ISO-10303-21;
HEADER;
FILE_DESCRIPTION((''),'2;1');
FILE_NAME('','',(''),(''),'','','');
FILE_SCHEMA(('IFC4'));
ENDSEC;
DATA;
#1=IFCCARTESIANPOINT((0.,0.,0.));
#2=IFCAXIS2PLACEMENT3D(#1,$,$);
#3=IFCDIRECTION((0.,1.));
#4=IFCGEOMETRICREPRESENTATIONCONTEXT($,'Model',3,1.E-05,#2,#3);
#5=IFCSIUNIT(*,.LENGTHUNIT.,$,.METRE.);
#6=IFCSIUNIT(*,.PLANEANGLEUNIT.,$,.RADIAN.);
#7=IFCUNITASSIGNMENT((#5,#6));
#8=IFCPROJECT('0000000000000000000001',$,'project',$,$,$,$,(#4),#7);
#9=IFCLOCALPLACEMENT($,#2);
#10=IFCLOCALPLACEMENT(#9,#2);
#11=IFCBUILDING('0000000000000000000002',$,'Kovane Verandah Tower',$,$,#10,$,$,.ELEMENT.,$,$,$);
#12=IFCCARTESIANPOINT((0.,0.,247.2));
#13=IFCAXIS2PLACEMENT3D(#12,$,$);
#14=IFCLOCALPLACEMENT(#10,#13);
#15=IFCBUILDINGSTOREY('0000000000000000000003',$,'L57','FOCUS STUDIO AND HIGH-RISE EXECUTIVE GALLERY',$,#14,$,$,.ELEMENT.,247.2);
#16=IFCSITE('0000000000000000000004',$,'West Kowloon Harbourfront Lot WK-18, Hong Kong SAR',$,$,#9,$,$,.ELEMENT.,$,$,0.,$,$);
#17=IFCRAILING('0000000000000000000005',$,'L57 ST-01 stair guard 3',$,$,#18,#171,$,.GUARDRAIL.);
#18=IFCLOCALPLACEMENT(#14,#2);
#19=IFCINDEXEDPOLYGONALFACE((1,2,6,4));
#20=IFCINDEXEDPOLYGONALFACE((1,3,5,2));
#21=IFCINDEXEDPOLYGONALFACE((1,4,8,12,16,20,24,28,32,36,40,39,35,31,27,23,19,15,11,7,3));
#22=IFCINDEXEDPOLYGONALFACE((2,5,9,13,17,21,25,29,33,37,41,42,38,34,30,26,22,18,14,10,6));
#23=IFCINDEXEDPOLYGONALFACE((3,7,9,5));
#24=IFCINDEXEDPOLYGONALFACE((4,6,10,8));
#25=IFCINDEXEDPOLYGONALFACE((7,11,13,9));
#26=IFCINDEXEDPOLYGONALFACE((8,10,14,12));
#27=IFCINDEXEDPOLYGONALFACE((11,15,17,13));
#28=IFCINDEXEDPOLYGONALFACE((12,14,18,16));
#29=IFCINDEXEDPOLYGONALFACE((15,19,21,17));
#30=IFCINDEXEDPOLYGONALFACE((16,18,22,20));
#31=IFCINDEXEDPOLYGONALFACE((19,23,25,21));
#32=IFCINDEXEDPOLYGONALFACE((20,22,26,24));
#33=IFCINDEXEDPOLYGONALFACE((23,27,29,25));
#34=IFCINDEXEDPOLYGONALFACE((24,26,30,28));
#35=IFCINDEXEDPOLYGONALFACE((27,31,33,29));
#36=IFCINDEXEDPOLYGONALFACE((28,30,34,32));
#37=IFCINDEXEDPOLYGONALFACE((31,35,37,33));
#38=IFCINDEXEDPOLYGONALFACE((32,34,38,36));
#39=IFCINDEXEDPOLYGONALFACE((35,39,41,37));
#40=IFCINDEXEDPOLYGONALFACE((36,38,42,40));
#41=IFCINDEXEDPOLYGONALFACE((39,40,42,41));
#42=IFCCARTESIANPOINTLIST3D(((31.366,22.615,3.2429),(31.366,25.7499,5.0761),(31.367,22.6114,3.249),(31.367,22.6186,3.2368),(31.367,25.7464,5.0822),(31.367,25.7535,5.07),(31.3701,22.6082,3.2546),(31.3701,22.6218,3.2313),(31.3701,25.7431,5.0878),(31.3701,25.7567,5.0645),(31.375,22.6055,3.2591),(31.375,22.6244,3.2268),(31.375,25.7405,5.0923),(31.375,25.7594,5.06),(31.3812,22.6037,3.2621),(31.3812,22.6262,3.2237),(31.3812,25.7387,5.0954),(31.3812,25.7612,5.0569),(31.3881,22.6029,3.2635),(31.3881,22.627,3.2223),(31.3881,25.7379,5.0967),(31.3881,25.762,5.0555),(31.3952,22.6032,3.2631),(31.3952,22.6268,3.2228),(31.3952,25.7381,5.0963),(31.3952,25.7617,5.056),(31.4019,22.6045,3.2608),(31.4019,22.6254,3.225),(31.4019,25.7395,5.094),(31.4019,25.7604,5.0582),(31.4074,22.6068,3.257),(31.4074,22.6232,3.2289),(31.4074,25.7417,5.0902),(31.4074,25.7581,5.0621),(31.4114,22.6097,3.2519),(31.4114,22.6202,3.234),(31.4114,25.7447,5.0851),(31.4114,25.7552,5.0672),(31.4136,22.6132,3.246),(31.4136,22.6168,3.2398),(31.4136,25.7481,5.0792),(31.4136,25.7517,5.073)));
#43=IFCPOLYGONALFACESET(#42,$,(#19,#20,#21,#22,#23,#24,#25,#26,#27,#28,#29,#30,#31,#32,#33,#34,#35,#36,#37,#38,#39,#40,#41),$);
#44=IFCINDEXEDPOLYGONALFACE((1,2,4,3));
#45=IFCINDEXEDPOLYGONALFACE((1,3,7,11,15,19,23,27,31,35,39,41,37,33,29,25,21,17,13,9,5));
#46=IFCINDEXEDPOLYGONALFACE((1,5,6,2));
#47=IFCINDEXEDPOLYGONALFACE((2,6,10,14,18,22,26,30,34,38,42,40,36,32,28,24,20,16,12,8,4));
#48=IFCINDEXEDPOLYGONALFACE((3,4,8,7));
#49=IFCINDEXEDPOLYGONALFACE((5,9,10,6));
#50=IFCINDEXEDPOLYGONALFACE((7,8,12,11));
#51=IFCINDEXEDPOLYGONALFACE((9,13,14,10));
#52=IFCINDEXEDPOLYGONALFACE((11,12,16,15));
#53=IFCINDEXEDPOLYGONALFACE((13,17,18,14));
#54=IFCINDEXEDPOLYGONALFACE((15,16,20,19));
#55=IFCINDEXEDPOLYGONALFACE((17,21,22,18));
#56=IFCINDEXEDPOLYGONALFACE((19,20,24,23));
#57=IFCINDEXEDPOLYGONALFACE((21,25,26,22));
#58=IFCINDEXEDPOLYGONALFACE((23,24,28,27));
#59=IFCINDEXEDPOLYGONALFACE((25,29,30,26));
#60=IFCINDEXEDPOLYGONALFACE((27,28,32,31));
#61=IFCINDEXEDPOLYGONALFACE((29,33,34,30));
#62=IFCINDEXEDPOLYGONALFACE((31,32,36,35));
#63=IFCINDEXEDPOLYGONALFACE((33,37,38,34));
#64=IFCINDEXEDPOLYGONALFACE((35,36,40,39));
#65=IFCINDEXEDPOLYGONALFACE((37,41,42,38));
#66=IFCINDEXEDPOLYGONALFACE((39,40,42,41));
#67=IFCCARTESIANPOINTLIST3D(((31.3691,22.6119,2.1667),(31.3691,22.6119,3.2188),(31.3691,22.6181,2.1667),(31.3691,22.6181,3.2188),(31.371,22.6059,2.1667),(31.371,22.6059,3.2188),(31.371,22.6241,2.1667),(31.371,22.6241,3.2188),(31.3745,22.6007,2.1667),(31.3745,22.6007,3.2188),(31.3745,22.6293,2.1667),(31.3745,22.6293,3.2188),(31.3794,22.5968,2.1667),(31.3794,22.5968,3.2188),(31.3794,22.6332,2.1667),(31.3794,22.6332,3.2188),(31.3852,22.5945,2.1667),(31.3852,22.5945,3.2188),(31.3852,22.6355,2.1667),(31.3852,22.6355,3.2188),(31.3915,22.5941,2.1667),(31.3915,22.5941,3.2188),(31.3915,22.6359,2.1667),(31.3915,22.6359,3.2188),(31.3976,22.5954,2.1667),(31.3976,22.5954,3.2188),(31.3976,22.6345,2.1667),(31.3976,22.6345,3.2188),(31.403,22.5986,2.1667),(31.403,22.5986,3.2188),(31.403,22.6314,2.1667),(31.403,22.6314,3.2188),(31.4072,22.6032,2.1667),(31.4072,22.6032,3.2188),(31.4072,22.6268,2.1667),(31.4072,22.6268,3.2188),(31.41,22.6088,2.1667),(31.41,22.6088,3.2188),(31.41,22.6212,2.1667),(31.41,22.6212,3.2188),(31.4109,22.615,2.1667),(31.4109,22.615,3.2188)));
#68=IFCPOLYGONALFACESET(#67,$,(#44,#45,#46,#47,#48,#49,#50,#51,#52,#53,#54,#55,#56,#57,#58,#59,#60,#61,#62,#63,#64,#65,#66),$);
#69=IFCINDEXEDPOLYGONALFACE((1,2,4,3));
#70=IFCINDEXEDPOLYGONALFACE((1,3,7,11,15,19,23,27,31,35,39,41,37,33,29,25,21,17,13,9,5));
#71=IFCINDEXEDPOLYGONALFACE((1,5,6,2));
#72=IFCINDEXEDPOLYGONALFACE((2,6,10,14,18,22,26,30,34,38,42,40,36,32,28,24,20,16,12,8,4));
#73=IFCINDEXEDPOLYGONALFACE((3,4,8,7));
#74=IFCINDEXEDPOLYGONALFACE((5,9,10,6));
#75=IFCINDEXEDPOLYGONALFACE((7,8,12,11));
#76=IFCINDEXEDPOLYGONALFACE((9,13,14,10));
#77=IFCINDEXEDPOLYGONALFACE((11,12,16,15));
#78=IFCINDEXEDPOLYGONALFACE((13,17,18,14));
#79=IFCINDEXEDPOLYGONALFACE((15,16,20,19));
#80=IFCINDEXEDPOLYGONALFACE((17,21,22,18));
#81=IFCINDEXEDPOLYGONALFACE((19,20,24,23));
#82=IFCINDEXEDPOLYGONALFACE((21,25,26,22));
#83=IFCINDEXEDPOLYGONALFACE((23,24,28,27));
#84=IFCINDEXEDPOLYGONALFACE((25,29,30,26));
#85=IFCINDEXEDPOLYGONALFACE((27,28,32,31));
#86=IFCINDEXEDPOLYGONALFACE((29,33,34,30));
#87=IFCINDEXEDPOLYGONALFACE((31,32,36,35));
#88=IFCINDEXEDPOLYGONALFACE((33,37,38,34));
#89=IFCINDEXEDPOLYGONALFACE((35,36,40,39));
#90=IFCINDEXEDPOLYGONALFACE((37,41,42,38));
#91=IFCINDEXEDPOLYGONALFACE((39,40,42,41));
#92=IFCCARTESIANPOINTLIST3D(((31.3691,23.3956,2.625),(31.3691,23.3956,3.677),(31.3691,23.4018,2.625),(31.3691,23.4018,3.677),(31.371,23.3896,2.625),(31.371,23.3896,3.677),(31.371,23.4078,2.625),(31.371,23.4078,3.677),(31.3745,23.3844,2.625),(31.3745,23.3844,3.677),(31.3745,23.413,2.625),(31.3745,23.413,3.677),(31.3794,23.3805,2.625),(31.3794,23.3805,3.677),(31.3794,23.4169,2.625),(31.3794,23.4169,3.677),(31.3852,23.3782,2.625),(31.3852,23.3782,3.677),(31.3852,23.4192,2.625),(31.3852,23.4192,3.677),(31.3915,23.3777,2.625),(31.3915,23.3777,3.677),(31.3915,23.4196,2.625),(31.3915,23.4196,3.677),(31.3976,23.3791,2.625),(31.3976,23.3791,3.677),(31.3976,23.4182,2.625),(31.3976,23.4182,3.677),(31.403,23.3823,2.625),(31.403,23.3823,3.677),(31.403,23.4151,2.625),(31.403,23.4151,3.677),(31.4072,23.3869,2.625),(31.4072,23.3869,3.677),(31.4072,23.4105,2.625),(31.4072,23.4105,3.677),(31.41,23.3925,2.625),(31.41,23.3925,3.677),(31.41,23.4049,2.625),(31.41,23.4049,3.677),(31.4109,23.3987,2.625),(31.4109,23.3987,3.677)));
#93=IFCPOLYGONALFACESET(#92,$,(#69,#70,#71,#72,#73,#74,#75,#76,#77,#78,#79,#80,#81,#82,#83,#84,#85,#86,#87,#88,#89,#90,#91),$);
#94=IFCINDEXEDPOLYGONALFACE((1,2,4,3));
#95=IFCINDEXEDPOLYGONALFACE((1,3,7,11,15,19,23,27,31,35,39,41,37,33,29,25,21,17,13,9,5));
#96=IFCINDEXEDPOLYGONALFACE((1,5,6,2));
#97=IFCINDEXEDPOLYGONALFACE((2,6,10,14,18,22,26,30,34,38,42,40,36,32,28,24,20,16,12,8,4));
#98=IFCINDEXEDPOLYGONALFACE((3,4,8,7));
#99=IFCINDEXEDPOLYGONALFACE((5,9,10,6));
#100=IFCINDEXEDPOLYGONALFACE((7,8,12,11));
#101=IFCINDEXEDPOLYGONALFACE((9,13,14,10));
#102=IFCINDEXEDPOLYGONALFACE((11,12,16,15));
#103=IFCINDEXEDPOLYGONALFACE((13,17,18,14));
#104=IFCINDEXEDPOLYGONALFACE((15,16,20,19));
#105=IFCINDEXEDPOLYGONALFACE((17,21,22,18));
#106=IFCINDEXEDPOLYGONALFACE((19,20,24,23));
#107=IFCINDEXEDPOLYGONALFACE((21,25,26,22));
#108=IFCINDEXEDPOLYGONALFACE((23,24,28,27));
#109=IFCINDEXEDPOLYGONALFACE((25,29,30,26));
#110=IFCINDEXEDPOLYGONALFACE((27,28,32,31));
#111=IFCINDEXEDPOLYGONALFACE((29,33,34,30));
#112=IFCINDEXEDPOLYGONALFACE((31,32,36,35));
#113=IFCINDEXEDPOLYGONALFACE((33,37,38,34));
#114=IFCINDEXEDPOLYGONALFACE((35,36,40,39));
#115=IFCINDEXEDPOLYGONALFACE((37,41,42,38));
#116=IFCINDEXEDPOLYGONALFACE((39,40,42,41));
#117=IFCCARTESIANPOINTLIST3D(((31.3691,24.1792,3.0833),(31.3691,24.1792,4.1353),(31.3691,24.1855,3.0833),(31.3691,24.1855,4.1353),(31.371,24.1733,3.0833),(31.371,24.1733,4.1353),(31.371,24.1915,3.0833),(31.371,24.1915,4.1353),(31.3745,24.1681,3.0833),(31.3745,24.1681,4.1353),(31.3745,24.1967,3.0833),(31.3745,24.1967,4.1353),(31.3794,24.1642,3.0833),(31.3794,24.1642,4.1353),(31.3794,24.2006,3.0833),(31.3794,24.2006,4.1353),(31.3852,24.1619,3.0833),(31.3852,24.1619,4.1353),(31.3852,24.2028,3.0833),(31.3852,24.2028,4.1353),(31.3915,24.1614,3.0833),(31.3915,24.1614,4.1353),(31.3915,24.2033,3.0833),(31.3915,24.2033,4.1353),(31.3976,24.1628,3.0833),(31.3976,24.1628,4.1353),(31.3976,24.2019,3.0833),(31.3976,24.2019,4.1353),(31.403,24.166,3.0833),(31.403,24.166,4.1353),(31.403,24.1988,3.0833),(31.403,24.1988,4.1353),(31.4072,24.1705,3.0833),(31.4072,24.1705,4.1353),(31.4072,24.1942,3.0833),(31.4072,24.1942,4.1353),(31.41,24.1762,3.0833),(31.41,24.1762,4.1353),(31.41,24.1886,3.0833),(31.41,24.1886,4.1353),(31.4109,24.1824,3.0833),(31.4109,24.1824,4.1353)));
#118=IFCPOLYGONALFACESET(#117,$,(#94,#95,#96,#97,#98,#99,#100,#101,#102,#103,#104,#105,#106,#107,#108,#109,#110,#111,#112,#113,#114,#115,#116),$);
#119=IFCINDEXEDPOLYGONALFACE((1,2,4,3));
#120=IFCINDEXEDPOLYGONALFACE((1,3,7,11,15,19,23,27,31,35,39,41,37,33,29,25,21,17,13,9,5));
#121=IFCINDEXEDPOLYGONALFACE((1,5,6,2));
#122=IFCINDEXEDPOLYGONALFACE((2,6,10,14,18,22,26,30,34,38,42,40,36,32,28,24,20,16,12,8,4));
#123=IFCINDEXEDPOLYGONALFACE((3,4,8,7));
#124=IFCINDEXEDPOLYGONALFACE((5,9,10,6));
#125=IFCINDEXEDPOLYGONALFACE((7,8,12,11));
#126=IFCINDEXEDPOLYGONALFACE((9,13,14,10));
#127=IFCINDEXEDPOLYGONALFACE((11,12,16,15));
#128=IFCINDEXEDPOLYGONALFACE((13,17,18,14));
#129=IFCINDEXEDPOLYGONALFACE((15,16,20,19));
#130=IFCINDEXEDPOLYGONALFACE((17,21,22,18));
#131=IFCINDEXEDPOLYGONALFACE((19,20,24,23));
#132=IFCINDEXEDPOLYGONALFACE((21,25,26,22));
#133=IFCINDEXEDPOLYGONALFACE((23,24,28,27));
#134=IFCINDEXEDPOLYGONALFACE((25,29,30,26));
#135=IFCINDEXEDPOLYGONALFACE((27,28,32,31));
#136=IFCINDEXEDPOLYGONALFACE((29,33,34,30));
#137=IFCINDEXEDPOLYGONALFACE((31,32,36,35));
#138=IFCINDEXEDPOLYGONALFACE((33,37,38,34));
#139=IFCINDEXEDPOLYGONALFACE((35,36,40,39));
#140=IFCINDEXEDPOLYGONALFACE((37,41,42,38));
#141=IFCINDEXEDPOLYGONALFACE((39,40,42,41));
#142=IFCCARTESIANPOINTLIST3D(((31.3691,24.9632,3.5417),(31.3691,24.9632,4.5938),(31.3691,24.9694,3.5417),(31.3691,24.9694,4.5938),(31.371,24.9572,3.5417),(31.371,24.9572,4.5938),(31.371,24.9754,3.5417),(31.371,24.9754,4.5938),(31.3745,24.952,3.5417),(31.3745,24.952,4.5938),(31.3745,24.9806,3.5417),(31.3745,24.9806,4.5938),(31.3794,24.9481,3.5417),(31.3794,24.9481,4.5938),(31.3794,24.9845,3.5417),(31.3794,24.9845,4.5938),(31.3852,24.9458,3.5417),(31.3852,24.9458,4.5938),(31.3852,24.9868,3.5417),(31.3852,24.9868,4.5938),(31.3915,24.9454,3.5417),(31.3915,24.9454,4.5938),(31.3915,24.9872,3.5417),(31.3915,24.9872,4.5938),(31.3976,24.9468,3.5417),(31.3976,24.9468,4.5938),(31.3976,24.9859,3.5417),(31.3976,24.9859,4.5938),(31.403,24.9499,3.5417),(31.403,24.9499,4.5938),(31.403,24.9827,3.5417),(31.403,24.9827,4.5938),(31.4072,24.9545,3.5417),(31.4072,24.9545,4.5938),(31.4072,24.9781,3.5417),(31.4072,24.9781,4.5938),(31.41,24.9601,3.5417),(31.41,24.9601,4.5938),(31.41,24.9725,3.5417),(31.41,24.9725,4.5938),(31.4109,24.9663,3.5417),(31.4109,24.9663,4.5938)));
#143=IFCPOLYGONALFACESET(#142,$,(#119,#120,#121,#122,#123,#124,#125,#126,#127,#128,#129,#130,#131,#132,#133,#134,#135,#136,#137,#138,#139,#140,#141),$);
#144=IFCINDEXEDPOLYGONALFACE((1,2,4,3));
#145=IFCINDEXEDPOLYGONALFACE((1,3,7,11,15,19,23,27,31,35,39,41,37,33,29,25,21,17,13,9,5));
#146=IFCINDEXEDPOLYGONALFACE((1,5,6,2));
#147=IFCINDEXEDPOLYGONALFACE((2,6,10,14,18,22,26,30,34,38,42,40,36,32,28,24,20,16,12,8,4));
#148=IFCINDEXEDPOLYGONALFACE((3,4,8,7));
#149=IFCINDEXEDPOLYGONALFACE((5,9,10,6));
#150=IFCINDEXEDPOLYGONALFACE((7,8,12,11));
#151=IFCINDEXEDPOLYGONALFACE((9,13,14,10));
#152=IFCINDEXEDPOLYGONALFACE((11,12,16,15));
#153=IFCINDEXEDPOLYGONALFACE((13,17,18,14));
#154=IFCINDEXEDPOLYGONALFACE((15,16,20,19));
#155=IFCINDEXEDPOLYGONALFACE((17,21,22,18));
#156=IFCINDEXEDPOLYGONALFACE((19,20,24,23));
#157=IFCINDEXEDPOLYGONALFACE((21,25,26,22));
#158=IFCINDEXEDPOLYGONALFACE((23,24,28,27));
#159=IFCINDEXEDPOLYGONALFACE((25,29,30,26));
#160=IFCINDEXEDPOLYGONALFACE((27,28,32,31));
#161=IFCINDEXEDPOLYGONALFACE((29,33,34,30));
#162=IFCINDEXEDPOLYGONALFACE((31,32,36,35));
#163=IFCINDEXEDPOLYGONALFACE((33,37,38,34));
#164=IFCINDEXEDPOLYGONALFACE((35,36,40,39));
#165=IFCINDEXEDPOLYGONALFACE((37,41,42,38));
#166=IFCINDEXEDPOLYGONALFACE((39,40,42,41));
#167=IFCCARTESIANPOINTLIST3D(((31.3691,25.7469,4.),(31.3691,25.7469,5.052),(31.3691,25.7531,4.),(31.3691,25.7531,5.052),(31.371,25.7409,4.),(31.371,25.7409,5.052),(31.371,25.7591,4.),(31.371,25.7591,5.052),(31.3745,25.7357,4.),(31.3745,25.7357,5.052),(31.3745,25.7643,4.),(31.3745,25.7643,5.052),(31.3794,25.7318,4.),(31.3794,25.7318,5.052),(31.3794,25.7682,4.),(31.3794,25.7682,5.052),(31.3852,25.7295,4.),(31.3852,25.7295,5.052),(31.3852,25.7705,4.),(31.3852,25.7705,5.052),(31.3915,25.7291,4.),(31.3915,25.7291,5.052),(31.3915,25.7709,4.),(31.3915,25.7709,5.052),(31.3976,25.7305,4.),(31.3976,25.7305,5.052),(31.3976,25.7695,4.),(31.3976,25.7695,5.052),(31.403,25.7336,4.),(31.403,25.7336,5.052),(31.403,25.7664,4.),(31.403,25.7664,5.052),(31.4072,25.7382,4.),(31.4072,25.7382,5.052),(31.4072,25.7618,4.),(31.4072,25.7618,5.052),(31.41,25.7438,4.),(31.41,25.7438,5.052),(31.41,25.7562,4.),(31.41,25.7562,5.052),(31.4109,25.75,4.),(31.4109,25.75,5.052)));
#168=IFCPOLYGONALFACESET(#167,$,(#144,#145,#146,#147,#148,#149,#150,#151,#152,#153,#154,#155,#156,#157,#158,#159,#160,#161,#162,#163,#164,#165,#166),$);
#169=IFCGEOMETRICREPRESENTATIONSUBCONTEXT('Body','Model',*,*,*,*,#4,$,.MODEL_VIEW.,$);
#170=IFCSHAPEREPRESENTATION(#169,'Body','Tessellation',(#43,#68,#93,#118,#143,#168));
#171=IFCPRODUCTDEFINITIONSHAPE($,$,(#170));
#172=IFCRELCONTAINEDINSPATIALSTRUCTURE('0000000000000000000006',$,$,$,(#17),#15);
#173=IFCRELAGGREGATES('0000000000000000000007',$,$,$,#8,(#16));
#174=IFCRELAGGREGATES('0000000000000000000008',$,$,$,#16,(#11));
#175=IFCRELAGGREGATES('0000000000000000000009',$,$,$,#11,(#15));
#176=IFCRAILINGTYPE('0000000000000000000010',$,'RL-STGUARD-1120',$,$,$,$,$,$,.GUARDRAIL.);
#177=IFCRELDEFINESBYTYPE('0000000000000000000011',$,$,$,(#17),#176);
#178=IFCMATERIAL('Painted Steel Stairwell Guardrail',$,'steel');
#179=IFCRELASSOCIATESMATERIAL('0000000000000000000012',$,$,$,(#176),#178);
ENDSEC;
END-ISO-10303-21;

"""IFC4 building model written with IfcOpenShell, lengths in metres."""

from ifc_helpers import new_model, si_unit, direction, frame, origin, origin_2d, place, context, subcontext, project, spatial, circle, extrude, material, type_object, element, save


model = new_model("IFC4")

# Units and contexts
model_context = context("Model", 3, precision=1e-05, world=origin(), true_north=direction((0.0, 1.0)))
body_context = subcontext(model_context, "Body", "Model", "MODEL_VIEW")
ifc_project = project(units=[si_unit("LENGTHUNIT", "METRE"), si_unit("PLANEANGLEUNIT", "RADIAN")], contexts=[model_context])

# Site, building, storey
site_placement = place(None, origin())
site = spatial("IfcSite", under=ifc_project, at=site_placement, Name="West Kowloon Harbourfront Lot WK-18, Hong Kong SAR", CompositionType="ELEMENT", RefElevation=0.0)
building_placement = place(site_placement, origin())
building = spatial("IfcBuilding", under=site, at=building_placement, Name="Kovane Verandah Tower", CompositionType="ELEMENT")
storey_placement = place(building_placement, frame((0.0, 0.0, 247.2)))
storey = spatial("IfcBuildingStorey", under=building, at=storey_placement, Name="L57", Description="FOCUS STUDIO AND HIGH-RISE EXECUTIVE GALLERY", CompositionType="ELEMENT", Elevation=247.2)

# Railing
ifc_material_1 = material(Name="Painted Steel Stairwell Guardrail", Category="steel")
railing_type_1 = type_object("IfcRailingType", Name="RL-STGUARD-1120", PredefinedType="GUARDRAIL", material=ifc_material_1)
railing_1_placement = place(storey_placement, frame((31.3899, 22.615, 2.1667)))
element("IfcRailing", 1, at=railing_1_placement, inside=storey, type_object=railing_type_1, Name="L57 ST-01 stair guard 3", PredefinedType="GUARDRAIL", context=body_context, shape_type="SweptSolid", body=[
    extrude(circle(Radius=0.0239, at=origin_2d()), frame((0.0, 0.0, 1.0762), z_axis=(0.0, 0.86324, 0.504794), x_axis=(-1.0, 0.0, 0.0)), (0.0, 0.0, 1.0), 3.6316),
    extrude(circle(Radius=0.021, at=origin_2d()), origin(), (0.0, 0.0, 1.0), 1.052),
    extrude(circle(Radius=0.021, at=origin_2d()), frame((0.0, 0.7837, 0.4583)), (0.0, 0.0, 1.0), 1.052),
    extrude(circle(Radius=0.021, at=origin_2d()), frame((0.0, 1.5674, 0.9165)), (0.0, 0.0, 1.0), 1.052),
    extrude(circle(Radius=0.021, at=origin_2d()), frame((0.0, 2.3513, 1.375)), (0.0, 0.0, 1.0), 1.052),
    extrude(circle(Radius=0.021, at=origin_2d()), frame((0.0, 3.135, 1.8333)), (0.0, 0.0, 1.0), 1.052),
])

save(model, "model.ifc")
